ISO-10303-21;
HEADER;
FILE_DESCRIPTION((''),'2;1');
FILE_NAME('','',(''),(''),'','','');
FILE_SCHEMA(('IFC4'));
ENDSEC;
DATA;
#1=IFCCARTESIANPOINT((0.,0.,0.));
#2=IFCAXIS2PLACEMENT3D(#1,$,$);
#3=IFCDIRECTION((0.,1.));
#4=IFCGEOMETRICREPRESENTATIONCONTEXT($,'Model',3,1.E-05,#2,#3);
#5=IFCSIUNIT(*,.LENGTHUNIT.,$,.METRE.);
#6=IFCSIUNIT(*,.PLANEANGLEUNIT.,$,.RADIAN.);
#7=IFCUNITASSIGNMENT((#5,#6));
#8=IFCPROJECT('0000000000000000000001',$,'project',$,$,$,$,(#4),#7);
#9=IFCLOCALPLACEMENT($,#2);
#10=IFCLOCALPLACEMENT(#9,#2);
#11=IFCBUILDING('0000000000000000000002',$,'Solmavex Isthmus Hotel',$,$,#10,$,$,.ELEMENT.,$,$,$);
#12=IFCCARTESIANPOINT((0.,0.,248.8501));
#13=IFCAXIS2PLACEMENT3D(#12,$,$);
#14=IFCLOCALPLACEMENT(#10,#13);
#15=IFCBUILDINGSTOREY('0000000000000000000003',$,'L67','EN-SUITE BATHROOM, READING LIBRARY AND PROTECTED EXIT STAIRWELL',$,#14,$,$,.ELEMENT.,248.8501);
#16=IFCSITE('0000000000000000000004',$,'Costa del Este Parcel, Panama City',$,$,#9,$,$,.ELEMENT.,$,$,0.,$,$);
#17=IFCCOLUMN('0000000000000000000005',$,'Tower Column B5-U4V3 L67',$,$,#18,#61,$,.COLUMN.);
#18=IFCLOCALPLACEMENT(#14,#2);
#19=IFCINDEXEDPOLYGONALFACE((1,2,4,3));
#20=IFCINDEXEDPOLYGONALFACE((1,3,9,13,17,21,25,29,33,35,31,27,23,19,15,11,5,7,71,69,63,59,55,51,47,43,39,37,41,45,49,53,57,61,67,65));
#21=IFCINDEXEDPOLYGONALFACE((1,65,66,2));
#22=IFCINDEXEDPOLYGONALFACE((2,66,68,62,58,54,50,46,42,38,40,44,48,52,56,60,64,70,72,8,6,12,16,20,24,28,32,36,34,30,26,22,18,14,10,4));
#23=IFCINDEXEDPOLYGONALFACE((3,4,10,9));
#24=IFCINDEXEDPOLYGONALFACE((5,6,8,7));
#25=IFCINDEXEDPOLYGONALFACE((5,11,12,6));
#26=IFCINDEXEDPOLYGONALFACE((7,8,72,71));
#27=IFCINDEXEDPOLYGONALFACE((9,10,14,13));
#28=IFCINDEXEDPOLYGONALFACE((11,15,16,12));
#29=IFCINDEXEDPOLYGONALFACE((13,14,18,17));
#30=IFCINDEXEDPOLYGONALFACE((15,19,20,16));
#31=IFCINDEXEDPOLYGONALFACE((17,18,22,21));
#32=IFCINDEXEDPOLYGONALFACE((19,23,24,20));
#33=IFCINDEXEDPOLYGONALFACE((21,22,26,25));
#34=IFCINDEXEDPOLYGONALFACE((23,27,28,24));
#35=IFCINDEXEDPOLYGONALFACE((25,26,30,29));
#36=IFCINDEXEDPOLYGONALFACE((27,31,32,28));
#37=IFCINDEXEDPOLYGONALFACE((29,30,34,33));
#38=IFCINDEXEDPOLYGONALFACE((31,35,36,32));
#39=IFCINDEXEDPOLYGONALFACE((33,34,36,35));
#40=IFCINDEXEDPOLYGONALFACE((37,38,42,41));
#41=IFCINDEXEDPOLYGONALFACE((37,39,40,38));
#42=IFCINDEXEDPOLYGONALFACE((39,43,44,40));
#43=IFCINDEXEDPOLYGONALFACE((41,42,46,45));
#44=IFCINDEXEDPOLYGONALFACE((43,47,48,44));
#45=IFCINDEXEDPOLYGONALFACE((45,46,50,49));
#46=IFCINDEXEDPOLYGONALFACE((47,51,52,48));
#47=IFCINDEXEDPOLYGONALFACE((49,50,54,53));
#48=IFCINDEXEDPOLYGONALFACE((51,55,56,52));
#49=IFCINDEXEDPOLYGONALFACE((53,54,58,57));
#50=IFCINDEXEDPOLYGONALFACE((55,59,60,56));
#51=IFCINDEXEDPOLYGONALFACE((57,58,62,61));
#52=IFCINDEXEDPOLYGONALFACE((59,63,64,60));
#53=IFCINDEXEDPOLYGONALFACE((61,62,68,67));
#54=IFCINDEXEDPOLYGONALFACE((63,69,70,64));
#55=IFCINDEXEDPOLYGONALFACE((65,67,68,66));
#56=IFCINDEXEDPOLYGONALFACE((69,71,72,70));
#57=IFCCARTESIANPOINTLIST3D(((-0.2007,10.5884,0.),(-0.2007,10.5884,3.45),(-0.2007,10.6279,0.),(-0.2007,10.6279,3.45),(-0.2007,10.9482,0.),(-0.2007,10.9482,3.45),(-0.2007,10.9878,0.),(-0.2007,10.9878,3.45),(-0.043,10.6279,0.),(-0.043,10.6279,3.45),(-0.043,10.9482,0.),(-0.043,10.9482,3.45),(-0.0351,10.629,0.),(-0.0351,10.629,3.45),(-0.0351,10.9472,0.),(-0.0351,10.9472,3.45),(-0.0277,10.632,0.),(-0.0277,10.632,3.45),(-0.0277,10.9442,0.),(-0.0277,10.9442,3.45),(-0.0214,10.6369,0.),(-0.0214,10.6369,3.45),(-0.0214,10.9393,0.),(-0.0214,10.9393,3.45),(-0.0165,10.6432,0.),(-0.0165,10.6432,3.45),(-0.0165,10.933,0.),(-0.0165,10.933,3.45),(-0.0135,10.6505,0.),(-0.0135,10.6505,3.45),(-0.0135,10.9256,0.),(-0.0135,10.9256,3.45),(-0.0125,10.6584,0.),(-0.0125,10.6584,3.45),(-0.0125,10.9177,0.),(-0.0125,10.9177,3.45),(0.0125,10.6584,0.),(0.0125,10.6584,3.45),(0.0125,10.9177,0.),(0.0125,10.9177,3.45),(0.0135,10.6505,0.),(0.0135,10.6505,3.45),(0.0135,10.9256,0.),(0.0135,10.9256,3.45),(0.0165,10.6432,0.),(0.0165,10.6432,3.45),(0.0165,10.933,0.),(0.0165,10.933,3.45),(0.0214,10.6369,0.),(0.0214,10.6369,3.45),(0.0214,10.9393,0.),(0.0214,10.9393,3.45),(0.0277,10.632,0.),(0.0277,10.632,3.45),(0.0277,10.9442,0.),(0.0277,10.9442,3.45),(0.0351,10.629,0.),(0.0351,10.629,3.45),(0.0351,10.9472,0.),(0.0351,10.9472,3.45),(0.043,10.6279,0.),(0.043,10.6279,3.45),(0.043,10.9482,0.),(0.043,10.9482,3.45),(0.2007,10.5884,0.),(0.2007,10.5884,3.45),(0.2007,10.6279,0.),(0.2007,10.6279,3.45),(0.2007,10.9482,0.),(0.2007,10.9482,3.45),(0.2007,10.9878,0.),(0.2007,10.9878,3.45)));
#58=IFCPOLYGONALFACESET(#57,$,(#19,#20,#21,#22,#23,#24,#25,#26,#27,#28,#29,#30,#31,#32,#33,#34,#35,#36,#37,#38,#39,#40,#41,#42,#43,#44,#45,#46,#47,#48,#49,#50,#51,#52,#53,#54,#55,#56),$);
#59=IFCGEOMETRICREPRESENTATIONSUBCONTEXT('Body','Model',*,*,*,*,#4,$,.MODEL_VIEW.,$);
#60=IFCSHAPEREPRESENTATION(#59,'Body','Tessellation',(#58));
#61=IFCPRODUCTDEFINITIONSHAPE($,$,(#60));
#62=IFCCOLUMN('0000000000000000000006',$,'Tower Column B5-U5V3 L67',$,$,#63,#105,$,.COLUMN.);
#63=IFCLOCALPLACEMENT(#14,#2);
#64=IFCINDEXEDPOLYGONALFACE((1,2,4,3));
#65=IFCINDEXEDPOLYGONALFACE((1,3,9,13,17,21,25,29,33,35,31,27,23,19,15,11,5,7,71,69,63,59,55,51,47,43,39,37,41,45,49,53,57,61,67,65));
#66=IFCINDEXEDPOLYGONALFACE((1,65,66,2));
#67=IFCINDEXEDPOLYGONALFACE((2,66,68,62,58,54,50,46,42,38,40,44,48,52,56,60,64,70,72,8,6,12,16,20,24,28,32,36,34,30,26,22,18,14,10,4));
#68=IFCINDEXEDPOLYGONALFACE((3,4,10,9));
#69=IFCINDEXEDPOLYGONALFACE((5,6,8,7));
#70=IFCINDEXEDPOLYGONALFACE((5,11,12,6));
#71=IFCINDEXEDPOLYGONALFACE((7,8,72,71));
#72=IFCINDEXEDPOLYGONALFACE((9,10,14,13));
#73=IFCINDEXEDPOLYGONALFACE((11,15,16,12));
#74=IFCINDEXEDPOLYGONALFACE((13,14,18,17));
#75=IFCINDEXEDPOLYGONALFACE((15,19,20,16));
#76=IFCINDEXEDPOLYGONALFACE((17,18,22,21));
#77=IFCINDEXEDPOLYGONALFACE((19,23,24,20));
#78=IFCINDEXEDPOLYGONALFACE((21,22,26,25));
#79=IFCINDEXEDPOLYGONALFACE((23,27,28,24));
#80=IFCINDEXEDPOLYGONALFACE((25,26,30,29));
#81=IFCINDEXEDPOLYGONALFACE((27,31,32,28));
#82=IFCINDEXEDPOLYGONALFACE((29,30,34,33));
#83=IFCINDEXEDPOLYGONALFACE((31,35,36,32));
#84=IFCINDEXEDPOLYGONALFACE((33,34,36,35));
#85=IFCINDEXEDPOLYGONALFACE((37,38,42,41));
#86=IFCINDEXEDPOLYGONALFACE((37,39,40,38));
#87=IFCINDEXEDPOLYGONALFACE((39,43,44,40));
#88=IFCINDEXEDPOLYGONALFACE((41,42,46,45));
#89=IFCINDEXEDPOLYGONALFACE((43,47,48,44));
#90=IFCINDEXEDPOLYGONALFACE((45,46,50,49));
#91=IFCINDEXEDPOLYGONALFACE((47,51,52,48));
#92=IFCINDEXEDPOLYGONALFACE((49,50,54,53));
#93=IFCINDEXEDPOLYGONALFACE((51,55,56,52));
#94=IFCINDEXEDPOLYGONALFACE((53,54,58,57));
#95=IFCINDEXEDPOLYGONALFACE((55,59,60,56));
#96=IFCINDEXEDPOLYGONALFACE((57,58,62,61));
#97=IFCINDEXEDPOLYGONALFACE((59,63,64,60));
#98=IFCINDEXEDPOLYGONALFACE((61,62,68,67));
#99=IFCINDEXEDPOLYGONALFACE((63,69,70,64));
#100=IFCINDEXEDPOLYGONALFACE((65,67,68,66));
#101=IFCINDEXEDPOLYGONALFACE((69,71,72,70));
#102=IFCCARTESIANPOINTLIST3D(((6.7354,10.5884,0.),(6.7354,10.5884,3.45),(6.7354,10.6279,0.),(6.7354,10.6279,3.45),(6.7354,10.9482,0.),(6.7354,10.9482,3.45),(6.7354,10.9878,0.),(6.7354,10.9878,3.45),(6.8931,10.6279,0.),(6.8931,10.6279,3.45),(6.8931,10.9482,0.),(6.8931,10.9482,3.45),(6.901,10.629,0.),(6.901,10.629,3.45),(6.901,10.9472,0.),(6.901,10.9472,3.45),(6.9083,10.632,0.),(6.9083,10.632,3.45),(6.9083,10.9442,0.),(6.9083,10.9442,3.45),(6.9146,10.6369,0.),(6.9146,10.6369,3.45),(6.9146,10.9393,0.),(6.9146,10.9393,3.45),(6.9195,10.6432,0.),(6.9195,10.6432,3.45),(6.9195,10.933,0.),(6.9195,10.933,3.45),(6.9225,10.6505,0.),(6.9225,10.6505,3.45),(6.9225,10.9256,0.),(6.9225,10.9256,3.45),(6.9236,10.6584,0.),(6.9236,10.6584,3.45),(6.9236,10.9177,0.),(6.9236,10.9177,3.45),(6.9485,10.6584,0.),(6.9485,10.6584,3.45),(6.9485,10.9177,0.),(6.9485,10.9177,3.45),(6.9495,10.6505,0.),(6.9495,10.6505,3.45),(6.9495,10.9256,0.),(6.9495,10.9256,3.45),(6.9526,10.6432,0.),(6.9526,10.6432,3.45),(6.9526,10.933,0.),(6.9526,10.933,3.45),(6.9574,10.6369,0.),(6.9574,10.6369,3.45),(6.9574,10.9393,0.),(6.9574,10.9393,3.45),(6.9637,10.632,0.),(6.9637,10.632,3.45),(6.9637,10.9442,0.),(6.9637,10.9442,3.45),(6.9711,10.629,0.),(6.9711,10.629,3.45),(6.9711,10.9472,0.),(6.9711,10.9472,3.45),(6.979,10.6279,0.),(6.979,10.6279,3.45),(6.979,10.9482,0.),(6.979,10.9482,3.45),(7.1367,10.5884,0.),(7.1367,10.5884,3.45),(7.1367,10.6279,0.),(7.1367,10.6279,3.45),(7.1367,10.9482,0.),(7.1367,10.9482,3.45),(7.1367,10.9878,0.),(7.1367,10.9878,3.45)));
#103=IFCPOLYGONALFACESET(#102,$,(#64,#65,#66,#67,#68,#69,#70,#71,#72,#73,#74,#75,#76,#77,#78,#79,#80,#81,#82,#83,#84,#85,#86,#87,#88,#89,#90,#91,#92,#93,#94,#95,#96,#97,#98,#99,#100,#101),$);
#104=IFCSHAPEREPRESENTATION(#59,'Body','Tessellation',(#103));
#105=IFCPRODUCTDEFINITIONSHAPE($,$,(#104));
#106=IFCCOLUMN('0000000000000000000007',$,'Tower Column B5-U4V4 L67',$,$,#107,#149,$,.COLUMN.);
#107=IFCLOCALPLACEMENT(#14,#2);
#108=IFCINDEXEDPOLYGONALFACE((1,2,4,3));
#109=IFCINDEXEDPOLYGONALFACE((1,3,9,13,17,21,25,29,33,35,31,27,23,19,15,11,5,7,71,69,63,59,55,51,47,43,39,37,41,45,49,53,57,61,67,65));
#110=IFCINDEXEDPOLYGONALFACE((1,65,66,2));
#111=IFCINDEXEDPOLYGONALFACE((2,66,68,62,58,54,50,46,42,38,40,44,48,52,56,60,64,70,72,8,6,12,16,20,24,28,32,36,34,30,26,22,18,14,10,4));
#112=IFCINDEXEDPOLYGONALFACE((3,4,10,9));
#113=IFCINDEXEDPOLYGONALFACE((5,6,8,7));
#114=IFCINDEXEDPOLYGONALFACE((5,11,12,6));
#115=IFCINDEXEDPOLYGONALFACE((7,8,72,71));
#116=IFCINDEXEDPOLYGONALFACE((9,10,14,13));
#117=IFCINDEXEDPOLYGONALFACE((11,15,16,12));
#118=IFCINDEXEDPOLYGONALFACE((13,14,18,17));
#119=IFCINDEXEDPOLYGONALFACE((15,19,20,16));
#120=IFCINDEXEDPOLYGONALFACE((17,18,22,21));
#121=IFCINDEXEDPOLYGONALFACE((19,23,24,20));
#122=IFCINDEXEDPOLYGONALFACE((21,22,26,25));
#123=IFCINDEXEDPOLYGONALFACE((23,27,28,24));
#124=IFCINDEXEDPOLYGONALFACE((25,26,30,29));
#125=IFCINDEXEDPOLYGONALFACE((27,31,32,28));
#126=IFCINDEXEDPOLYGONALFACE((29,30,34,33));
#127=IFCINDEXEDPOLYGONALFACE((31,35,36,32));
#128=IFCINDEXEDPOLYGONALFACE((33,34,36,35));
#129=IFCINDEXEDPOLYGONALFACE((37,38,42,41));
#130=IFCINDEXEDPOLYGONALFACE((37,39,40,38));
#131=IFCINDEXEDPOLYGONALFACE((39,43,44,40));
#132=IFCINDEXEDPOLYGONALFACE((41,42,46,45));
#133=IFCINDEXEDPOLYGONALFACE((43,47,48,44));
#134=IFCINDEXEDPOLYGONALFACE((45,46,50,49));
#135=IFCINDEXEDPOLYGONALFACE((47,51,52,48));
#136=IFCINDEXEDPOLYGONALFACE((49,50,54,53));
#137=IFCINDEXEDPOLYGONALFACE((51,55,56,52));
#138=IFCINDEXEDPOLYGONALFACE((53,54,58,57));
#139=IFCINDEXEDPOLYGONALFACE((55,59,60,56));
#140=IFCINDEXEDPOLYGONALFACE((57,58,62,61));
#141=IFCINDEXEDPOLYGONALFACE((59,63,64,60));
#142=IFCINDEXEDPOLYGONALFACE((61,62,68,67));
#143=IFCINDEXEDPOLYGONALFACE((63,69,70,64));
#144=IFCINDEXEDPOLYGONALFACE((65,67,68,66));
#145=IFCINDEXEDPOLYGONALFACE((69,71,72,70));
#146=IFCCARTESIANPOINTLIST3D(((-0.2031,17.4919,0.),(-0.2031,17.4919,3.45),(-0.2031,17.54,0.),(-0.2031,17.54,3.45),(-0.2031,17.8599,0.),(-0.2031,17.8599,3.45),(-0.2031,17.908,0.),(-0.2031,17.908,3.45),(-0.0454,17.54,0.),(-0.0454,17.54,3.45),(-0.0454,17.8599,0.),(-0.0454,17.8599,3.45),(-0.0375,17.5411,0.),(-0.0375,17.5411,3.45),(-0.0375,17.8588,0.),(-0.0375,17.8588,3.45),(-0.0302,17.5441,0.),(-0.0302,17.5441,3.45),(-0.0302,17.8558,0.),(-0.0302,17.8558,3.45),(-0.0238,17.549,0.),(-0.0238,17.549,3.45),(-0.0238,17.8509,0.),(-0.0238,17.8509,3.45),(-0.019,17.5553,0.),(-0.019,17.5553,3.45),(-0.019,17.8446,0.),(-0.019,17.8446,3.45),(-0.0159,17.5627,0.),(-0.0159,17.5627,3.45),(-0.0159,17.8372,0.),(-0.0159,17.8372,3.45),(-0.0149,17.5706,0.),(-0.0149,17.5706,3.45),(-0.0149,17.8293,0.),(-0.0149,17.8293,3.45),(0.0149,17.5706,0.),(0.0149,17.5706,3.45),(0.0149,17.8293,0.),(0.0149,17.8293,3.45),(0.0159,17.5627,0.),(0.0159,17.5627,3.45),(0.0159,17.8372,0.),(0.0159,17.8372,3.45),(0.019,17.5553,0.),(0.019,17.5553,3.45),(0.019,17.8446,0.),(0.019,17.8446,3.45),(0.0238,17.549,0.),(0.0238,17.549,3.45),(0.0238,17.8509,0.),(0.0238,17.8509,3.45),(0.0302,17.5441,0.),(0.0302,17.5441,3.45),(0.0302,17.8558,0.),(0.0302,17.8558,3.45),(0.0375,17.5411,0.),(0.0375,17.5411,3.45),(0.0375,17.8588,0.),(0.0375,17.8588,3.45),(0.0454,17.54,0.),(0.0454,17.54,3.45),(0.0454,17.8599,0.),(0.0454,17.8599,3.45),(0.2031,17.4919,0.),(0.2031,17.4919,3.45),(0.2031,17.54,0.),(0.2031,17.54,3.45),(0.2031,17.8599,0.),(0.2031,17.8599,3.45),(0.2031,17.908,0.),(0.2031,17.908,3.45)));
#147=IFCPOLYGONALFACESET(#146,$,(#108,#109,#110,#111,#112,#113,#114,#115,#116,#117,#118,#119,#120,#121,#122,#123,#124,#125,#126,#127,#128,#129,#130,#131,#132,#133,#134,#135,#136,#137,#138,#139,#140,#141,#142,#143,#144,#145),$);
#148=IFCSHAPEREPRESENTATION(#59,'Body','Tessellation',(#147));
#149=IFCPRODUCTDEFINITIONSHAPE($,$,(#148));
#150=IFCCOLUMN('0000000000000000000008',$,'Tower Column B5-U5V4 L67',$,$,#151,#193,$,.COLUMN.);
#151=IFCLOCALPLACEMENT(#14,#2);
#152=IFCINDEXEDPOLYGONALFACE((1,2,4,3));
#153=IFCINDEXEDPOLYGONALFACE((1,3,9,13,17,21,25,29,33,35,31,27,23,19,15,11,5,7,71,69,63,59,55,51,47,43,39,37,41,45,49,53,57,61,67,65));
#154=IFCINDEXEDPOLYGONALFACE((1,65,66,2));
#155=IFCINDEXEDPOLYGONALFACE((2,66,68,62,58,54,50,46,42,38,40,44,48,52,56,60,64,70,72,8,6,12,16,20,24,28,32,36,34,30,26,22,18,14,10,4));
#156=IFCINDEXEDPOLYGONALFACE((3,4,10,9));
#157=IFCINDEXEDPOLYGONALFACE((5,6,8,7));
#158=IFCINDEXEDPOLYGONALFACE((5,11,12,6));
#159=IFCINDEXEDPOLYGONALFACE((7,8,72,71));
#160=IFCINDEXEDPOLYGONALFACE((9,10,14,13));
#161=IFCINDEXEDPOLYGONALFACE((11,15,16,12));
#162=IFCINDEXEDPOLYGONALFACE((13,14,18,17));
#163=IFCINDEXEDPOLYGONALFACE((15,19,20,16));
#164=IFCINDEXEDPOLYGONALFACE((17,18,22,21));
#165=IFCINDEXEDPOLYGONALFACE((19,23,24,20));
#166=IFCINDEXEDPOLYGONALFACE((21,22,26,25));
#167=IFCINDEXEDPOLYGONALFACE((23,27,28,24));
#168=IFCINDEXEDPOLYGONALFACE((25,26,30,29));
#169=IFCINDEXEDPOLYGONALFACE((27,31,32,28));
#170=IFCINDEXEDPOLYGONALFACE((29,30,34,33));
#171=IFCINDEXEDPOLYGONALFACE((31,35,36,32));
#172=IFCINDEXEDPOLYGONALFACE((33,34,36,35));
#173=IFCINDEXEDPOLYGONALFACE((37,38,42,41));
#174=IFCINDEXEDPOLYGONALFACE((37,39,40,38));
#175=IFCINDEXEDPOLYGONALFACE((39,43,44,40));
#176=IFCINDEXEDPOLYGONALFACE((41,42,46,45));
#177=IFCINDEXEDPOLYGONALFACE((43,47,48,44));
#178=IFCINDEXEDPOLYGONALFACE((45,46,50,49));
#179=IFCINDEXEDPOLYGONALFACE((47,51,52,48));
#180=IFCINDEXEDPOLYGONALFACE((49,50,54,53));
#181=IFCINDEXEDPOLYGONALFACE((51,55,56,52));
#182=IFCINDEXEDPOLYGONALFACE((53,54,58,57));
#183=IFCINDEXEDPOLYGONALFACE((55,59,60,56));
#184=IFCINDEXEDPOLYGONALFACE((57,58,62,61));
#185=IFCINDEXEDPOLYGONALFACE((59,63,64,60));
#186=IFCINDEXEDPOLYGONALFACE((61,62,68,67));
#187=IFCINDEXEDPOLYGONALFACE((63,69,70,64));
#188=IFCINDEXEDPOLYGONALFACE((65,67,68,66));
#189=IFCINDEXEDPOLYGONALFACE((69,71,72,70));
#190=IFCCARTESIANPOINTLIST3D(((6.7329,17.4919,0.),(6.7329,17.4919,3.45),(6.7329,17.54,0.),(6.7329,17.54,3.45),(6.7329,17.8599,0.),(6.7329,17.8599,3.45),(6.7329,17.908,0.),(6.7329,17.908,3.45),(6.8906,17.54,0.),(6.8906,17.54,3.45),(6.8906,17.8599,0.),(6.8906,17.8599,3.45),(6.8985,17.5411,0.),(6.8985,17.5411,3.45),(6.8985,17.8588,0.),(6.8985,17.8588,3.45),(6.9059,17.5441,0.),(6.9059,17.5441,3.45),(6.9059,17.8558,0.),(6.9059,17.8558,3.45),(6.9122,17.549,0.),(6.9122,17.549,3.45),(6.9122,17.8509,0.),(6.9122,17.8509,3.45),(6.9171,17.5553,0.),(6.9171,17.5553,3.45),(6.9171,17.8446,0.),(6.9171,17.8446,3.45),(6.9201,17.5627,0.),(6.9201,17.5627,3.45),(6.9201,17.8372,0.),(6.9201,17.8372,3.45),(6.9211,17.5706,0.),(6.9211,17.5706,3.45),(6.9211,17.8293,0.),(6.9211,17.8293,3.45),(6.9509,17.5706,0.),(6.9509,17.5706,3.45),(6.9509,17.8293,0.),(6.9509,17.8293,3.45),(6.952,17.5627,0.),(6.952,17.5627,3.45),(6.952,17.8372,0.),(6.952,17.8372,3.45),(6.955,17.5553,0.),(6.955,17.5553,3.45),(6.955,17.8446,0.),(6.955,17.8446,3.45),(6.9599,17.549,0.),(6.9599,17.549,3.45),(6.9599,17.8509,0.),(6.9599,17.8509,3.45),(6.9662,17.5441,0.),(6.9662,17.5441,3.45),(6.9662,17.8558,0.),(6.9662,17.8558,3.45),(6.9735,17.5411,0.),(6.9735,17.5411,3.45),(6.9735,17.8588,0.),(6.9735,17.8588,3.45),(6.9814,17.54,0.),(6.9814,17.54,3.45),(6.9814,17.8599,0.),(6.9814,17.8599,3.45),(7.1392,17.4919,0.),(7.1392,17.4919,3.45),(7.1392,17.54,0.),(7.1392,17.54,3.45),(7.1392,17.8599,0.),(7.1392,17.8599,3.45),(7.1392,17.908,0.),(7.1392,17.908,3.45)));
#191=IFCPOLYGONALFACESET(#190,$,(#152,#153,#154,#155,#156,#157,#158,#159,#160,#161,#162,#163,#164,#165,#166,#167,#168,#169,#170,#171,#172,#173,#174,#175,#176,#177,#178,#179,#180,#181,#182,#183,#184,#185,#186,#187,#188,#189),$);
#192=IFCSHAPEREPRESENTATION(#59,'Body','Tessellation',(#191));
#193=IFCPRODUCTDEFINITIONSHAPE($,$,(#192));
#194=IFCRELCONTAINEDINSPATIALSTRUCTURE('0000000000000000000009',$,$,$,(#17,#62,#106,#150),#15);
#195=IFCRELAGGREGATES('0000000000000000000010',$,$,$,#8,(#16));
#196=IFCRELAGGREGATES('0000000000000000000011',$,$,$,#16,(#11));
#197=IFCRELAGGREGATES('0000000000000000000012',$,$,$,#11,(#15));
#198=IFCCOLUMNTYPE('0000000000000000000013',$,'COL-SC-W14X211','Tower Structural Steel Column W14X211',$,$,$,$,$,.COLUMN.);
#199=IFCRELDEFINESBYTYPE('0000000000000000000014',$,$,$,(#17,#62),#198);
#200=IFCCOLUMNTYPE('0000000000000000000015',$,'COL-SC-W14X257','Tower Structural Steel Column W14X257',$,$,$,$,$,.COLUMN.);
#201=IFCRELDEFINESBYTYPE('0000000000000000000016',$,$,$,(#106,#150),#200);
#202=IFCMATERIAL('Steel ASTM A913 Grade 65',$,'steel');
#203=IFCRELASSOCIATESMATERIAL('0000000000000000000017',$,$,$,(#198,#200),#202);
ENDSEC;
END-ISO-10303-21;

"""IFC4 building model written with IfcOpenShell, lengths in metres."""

from ifc_helpers import new_model, si_unit, direction, frame, origin, origin_2d, place, context, subcontext, project, spatial, i_section, extrude, material, material_profile, profile_set, type_object, element, save


model = new_model("IFC4")

# Units and contexts
model_context = context("Model", 3, precision=1e-05, world=origin(), true_north=direction((0.0, 1.0)))
body_context = subcontext(model_context, "Body", "Model", "MODEL_VIEW")
ifc_project = project(units=[si_unit("LENGTHUNIT", "METRE"), si_unit("PLANEANGLEUNIT", "RADIAN")], contexts=[model_context])

# Site, building, storey
site_placement = place(None, origin())
site = spatial("IfcSite", under=ifc_project, at=site_placement, Name="Costa del Este Parcel, Panama City", CompositionType="ELEMENT", RefElevation=0.0)
building_placement = place(site_placement, origin())
building = spatial("IfcBuilding", under=site, at=building_placement, Name="Solmavex Isthmus Hotel", CompositionType="ELEMENT")
storey_placement = place(building_placement, frame((0.0, 0.0, 248.8501)))
storey = spatial("IfcBuildingStorey", under=building, at=storey_placement, Name="L67", Description="EN-SUITE BATHROOM, READING LIBRARY AND PROTECTED EXIT STAIRWELL", CompositionType="ELEMENT", Elevation=248.8501)

# Columns
ifc_material_1 = material(Name="Steel ASTM A913 Grade 65", Category="steel")
ifc_material_profile_1 = material_profile(ifc_material_1, i_section(OverallWidth=0.4014, OverallDepth=0.3994, WebThickness=0.0249, FlangeThickness=0.0396, FilletRadius=0.0305, at=origin_2d()), Name="W14X211")
ifc_profile_set_1 = profile_set([ifc_material_profile_1], Name="Steel ASTM A913 Grade 65")
column_type_1 = type_object("IfcColumnType", Name="COL-SC-W14X211", Description="Tower Structural Steel Column W14X211", PredefinedType="COLUMN", material=ifc_profile_set_1)
for number, where, z_axis, x_axis, name in (
    (1, (0.0, 10.7881, 0.0), (0.0, 0.0, 1.0), (1.0, 0.0, 0.0), "Tower Column B5-U4V3 L67"),
    (2, (6.936, 10.7881, 0.0), (0.0, 0.0, 1.0), (1.0, 0.0, 0.0), "Tower Column B5-U5V3 L67"),
):
    element("IfcColumn", number, at=place(storey_placement, frame(where, z_axis=z_axis, x_axis=x_axis)), inside=storey, type_object=column_type_1, Name=name, PredefinedType="COLUMN", context=body_context, shape_type="SweptSolid", body=[
        extrude(i_section(OverallWidth=0.4014, OverallDepth=0.3994, WebThickness=0.0249, FlangeThickness=0.0396, FilletRadius=0.0305, at=origin_2d()), origin(), (0.0, 0.0, 1.0), 3.45),
    ])
ifc_material_profile_2 = material_profile(ifc_material_1, i_section(OverallWidth=0.4062, OverallDepth=0.416, WebThickness=0.0298, FlangeThickness=0.0481, FilletRadius=0.0305, at=origin_2d()), Name="W14X257")
ifc_profile_set_2 = profile_set([ifc_material_profile_2], Name="Steel ASTM A913 Grade 65")
column_type_2 = type_object("IfcColumnType", Name="COL-SC-W14X257", Description="Tower Structural Steel Column W14X257", PredefinedType="COLUMN", material=ifc_profile_set_2)
for number, where, z_axis, x_axis, name in (
    (3, (0.0, 17.7, 0.0), (0.0, 0.0, 1.0), (1.0, 0.0, 0.0), "Tower Column B5-U4V4 L67"),
    (4, (6.936, 17.7, 0.0), (0.0, 0.0, 1.0), (1.0, 0.0, 0.0), "Tower Column B5-U5V4 L67"),
):
    element("IfcColumn", number, at=place(storey_placement, frame(where, z_axis=z_axis, x_axis=x_axis)), inside=storey, type_object=column_type_2, Name=name, PredefinedType="COLUMN", context=body_context, shape_type="SweptSolid", body=[
        extrude(i_section(OverallWidth=0.4062, OverallDepth=0.416, WebThickness=0.0298, FlangeThickness=0.0481, FilletRadius=0.0305, at=origin_2d()), origin(), (0.0, 0.0, 1.0), 3.45),
    ])

save(model, "model.ifc")
